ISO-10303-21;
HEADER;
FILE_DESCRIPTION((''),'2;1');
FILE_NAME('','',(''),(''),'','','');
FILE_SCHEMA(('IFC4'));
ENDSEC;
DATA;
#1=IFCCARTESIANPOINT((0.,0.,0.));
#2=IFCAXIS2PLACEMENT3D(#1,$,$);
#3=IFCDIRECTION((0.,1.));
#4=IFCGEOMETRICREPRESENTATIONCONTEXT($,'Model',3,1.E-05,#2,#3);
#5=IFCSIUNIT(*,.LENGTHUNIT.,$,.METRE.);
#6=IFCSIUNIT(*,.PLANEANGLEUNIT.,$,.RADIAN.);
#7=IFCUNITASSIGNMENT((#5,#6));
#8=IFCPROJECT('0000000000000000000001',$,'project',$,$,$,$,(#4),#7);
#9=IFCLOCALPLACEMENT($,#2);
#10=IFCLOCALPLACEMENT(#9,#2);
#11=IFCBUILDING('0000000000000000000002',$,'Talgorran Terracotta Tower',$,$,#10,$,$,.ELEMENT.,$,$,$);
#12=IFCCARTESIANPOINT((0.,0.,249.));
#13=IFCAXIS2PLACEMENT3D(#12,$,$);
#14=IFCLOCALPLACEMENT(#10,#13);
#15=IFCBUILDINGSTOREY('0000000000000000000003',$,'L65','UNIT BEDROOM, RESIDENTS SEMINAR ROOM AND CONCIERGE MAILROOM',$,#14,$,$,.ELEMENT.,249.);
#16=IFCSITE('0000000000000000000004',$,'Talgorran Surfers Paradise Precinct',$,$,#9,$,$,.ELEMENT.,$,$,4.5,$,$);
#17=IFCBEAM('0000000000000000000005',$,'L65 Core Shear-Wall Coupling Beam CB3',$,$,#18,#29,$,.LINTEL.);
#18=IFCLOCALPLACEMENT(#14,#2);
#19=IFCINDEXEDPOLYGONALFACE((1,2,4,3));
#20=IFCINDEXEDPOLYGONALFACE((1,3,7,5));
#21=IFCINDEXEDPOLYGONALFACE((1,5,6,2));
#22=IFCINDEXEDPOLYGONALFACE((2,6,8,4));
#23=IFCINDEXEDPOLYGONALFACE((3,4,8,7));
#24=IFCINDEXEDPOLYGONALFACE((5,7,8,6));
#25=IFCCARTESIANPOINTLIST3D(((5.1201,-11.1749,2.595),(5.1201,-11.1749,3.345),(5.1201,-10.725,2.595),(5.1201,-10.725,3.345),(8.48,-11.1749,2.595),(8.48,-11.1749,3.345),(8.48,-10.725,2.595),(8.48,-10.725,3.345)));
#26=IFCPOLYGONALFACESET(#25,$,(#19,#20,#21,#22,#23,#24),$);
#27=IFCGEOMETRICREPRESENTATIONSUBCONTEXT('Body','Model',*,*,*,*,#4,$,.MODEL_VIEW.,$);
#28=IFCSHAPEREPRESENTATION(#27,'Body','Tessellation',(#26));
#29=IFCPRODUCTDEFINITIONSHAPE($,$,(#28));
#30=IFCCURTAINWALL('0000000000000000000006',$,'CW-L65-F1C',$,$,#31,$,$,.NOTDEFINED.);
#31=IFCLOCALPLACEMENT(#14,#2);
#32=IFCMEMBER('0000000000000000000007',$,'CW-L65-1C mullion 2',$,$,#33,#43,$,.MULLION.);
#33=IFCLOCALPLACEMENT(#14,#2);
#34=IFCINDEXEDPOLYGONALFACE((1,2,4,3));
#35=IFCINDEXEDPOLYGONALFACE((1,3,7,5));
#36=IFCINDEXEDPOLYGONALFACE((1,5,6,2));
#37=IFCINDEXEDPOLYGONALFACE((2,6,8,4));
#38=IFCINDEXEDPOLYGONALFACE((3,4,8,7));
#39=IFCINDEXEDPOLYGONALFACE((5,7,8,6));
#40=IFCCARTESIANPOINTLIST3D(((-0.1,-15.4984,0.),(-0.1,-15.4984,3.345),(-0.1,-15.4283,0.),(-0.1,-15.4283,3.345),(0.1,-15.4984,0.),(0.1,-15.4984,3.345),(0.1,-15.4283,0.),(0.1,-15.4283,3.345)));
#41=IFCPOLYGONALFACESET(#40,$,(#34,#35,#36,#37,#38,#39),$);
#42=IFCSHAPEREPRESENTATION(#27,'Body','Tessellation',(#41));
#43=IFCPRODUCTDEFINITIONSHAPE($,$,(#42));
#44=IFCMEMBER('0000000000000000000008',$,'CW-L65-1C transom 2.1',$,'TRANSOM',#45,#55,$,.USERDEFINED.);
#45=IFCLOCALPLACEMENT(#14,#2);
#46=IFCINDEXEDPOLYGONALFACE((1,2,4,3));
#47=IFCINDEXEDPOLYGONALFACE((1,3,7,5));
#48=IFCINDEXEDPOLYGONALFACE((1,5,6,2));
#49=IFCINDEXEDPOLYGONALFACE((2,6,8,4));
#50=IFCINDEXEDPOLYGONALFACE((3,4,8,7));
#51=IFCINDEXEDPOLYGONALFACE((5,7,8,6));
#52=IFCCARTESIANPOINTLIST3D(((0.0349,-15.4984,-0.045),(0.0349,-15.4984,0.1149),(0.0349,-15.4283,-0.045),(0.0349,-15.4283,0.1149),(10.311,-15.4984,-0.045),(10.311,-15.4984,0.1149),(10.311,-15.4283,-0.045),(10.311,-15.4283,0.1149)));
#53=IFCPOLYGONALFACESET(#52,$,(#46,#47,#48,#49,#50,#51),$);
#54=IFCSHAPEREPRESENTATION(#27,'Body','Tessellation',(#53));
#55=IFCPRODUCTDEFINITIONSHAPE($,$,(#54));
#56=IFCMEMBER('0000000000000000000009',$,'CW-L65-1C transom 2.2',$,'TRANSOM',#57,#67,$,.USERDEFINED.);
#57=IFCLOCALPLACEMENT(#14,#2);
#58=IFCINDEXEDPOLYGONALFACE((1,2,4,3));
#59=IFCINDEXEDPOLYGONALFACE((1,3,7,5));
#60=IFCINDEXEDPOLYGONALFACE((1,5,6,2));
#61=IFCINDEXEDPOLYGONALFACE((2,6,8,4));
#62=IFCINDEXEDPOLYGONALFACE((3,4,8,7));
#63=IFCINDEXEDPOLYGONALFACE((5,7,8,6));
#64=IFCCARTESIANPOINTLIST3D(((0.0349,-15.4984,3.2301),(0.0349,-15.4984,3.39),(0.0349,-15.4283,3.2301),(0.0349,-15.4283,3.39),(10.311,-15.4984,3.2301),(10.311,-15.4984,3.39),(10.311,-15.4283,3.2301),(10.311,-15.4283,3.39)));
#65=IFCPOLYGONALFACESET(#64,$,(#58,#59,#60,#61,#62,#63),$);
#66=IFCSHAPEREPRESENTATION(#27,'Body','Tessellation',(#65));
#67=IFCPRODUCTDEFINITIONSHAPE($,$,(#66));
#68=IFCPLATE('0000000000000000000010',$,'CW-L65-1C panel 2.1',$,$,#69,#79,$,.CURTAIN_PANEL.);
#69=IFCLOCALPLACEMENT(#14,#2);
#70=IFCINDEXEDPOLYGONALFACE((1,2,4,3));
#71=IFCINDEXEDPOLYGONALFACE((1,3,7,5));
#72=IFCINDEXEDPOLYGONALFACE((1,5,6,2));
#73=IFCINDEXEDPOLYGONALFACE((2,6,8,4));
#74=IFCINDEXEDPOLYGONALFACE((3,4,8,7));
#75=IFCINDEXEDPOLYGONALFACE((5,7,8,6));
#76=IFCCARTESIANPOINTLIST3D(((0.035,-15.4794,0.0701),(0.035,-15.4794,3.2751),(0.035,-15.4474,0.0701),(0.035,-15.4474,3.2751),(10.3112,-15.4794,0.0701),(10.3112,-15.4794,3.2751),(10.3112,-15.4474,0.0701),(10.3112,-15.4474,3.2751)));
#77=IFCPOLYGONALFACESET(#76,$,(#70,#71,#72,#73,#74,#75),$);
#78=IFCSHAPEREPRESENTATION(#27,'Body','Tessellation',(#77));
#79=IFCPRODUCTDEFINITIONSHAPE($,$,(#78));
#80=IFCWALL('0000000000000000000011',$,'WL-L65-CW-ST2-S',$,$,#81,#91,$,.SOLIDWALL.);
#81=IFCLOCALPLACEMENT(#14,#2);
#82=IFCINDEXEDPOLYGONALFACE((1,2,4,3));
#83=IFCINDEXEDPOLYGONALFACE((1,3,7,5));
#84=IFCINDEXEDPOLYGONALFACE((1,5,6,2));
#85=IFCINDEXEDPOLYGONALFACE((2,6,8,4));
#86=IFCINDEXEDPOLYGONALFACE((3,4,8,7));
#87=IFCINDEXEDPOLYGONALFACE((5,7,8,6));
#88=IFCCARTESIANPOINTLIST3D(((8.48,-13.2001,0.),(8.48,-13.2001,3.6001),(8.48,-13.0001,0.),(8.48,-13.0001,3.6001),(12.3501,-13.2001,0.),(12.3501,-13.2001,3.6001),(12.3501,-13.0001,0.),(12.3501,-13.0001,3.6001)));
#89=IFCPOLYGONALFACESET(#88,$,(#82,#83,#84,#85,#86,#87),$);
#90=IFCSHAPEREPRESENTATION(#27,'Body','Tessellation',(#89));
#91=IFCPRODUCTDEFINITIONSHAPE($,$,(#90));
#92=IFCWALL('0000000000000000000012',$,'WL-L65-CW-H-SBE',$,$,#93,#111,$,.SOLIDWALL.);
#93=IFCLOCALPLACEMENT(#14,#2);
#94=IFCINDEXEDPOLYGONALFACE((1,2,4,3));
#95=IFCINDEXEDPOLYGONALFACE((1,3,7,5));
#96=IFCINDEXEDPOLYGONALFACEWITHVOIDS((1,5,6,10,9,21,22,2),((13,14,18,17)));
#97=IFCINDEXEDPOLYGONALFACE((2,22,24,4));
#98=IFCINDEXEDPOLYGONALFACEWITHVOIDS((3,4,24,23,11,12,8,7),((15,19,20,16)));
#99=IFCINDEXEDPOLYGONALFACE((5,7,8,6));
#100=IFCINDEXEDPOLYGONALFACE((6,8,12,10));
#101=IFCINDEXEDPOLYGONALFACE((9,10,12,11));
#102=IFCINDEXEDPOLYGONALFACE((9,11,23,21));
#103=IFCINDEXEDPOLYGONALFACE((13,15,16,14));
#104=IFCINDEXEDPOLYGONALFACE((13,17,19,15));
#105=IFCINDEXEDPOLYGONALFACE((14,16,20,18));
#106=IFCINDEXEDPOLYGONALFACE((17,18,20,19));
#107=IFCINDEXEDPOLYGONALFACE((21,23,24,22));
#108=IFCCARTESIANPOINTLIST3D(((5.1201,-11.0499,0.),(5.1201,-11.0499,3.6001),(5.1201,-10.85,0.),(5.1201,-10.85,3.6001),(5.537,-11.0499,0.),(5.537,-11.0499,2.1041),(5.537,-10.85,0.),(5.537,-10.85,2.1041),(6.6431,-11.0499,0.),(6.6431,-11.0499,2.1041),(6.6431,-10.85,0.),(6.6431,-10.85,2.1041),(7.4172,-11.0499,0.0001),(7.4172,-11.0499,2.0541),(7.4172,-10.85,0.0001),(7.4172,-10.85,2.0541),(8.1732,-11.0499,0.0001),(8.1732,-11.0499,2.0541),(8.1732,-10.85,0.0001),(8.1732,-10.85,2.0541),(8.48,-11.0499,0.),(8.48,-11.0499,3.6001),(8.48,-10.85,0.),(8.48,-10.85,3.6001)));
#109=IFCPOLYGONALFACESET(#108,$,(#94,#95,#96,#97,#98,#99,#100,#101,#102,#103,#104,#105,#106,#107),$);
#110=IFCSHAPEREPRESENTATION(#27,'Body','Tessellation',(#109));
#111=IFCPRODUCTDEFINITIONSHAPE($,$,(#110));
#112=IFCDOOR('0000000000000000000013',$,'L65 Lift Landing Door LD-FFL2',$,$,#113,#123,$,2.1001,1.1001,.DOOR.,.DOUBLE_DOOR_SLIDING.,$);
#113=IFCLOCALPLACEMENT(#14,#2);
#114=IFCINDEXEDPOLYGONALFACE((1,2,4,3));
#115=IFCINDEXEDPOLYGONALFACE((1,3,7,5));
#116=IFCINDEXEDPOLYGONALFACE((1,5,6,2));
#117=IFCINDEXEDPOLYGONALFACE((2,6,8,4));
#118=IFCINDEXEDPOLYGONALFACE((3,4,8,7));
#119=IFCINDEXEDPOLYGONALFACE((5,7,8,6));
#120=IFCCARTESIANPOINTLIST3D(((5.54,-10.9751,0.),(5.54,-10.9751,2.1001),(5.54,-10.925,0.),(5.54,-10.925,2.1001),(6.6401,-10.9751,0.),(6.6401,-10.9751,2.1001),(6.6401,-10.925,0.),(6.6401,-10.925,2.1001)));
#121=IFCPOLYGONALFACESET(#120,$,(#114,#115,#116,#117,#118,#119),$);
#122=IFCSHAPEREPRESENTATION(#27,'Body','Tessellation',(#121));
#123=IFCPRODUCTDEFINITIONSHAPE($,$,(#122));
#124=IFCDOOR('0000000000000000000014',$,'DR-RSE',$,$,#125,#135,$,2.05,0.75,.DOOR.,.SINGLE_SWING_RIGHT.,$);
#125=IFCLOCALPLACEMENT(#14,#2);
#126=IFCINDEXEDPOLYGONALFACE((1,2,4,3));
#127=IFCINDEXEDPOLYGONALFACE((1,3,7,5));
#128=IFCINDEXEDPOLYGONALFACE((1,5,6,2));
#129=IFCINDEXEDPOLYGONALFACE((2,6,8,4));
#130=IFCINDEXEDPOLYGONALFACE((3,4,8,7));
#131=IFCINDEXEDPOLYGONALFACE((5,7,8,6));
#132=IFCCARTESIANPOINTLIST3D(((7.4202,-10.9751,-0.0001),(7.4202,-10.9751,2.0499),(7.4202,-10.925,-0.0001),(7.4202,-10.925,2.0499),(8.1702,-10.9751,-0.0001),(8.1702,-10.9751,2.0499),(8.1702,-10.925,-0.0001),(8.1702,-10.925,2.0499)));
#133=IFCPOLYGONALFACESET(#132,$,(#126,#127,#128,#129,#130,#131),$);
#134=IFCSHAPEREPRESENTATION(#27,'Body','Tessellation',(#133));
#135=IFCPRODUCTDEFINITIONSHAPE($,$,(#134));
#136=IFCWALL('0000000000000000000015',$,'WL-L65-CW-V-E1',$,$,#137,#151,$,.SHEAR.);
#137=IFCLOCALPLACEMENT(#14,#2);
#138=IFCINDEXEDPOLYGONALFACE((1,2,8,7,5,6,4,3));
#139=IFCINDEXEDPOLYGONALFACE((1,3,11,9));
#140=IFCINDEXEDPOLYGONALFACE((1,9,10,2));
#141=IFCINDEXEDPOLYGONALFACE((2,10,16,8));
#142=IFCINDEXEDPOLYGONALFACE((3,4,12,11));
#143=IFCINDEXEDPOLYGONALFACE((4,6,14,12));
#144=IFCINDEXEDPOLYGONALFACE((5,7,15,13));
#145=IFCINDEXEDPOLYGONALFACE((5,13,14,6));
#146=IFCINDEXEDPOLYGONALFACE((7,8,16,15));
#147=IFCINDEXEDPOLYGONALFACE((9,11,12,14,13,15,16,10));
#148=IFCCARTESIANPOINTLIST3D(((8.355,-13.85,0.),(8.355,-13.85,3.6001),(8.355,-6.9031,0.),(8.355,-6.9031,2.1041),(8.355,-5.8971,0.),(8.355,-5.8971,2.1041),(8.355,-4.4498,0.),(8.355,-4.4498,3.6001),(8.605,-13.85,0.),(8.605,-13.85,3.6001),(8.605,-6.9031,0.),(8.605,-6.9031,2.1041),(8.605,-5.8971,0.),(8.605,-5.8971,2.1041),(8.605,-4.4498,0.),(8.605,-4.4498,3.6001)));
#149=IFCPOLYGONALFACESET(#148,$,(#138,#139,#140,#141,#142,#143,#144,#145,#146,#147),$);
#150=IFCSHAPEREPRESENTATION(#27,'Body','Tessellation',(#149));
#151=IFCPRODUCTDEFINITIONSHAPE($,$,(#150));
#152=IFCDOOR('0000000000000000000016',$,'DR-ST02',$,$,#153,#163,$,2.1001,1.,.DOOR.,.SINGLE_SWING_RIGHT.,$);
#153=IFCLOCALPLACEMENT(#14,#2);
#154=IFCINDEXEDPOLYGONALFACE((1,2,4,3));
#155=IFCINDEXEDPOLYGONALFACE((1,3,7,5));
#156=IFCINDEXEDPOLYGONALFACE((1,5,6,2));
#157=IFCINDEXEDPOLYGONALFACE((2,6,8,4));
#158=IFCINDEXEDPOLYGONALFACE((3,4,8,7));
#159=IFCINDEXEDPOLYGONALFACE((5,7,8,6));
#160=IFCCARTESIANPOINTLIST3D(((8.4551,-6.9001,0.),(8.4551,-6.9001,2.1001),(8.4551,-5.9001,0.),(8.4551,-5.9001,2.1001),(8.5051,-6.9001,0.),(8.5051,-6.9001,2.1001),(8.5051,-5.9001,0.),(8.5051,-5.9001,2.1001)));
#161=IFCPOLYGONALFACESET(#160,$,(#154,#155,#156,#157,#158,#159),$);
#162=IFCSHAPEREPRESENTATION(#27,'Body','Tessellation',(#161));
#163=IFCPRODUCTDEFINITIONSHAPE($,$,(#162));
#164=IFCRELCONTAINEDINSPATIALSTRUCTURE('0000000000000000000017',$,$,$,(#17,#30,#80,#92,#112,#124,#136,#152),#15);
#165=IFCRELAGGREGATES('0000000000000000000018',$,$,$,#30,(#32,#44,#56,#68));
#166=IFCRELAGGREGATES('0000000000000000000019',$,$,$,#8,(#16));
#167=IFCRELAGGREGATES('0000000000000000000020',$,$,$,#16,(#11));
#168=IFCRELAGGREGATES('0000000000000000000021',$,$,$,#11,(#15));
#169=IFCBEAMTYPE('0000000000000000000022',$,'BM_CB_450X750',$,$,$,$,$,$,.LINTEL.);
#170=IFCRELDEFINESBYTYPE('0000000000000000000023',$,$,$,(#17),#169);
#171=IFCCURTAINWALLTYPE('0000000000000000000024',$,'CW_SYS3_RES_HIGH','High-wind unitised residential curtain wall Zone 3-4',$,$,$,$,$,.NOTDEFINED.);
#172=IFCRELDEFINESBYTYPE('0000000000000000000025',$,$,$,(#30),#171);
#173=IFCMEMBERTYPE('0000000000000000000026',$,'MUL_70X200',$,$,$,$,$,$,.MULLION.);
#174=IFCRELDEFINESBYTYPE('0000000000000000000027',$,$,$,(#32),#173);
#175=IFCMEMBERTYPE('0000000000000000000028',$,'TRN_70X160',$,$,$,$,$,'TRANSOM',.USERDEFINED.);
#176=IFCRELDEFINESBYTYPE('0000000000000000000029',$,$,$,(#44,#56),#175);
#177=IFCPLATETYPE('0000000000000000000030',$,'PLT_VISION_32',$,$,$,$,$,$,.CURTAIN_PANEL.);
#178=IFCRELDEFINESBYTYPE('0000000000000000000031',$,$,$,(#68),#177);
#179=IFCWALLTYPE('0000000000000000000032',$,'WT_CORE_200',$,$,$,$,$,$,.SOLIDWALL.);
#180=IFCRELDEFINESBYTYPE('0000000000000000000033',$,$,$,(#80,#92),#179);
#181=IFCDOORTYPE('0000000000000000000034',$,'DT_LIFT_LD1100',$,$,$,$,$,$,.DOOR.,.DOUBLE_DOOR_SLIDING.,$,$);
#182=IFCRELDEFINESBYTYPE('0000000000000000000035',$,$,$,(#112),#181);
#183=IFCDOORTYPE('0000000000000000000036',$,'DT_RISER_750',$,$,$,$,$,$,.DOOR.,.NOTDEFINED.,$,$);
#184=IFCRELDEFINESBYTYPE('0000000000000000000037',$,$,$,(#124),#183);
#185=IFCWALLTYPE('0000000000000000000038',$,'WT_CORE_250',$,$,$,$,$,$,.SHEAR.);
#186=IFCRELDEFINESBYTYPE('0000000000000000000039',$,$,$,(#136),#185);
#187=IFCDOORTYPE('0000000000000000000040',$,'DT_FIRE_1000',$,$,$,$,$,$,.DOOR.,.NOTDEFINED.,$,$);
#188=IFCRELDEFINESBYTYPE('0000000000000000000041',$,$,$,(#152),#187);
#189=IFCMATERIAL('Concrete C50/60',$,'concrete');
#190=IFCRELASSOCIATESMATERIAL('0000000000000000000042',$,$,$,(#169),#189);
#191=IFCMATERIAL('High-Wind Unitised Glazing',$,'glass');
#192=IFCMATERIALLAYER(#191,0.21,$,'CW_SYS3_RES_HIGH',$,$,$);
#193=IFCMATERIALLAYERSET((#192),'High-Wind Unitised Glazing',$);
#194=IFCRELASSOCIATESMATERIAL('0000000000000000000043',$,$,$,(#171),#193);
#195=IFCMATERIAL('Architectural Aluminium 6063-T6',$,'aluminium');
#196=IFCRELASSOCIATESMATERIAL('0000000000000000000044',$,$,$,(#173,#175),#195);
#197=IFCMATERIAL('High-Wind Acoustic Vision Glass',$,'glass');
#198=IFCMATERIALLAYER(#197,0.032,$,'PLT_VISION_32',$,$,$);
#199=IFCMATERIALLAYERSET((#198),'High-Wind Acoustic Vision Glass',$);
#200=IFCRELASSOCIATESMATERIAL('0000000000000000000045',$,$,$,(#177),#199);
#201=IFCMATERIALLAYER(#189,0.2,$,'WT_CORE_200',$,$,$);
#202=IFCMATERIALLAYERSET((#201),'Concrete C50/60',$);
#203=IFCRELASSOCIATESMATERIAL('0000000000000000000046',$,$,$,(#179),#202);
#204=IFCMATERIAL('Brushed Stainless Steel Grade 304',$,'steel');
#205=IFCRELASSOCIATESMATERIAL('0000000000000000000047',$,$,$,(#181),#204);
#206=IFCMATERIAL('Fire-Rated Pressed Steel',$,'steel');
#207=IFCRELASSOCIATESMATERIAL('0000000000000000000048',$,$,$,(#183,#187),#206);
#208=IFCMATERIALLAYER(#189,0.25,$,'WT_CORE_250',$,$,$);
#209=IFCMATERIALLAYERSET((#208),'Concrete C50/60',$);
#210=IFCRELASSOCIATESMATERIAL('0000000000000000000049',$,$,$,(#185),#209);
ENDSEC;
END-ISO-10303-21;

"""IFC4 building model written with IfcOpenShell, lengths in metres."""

from ifc_helpers import new_model, si_unit, direction, frame, frame_2d, origin, origin_2d, place, context, subcontext, project, spatial, rectangle, extrude, source, transform, mapped, material, layer, layer_set, material_profile, profile_set, type_object, type_shapes, element, fill, aggregate, save


model = new_model("IFC4")

# Units and contexts
model_context = context("Model", 3, precision=1e-05, world=origin(), true_north=direction((0.0, 1.0)))
body_context = subcontext(model_context, "Body", "Model", "MODEL_VIEW")
ifc_project = project(units=[si_unit("LENGTHUNIT", "METRE"), si_unit("PLANEANGLEUNIT", "RADIAN")], contexts=[model_context])

# Site, building, storey
site_placement = place(None, origin())
site = spatial("IfcSite", under=ifc_project, at=site_placement, Name="Talgorran Surfers Paradise Precinct", CompositionType="ELEMENT", RefElevation=4.5)
building_placement = place(site_placement, origin())
building = spatial("IfcBuilding", under=site, at=building_placement, Name="Talgorran Terracotta Tower", CompositionType="ELEMENT")
storey_placement = place(building_placement, frame((0.0, 0.0, 249.0)))
storey = spatial("IfcBuildingStorey", under=building, at=storey_placement, Name="L65", Description="UNIT BEDROOM, RESIDENTS SEMINAR ROOM AND CONCIERGE MAILROOM", CompositionType="ELEMENT", Elevation=249.0)

# Beam
ifc_material_1 = material(Name="Concrete C50/60", Category="concrete")
ifc_material_profile_1 = material_profile(ifc_material_1, rectangle(XDim=0.45, YDim=0.75, at=origin_2d()), Name="RCCB450X750")
ifc_profile_set_1 = profile_set([ifc_material_profile_1], Name="Concrete C50/60")
beam_type = type_object("IfcBeamType", Name="BM_CB_450X750", PredefinedType="LINTEL", material=ifc_profile_set_1)
beam_placement = place(storey_placement, frame((5.1201, -10.95, 2.97), z_axis=(1.0, 0.0, 0.0), x_axis=(0.0, 1.0, 0.0)))
element("IfcBeam", 1, at=beam_placement, inside=storey, type_object=beam_type, Name="L65 Core Shear-Wall Coupling Beam CB3", PredefinedType="LINTEL", context=body_context, shape_type="SweptSolid", body=[
    extrude(rectangle(XDim=0.45, YDim=0.75, at=origin_2d()), origin(), (0.0, 0.0, 1.0), 3.3599),
])

# Curtain wall, members, plate
ifc_material_2 = material(Name="High-Wind Unitised Glazing", Category="glass")
ifc_layer_1 = layer(ifc_material_2, 0.21, Name="CW_SYS3_RES_HIGH")
ifc_layer_set_1 = layer_set([ifc_layer_1], Name="High-Wind Unitised Glazing")
curtain_wall_type = type_object("IfcCurtainWallType", Name="CW_SYS3_RES_HIGH", Description="High-wind unitised residential curtain wall Zone 3-4", PredefinedType="NOTDEFINED", material=ifc_layer_set_1)
curtain_wall_placement = place(storey_placement, origin())
curtain_wall = element("IfcCurtainWall", 2, at=curtain_wall_placement, inside=storey, type_object=curtain_wall_type, Name="CW-L65-F1C", PredefinedType="NOTDEFINED")
ifc_material_3 = material(Name="Architectural Aluminium 6063-T6", Category="aluminium")
ifc_material_profile_2 = material_profile(ifc_material_3, rectangle(XDim=0.0701, YDim=0.2, at=origin_2d()), Name="CWM70X200")
ifc_profile_set_2 = profile_set([ifc_material_profile_2], Name="Architectural Aluminium 6063-T6")
member_type_1 = type_object("IfcMemberType", Name="MUL_70X200", PredefinedType="MULLION", material=ifc_profile_set_2)
member_1_placement = place(storey_placement, frame((0.0, -15.4634, 0.0), z_axis=(0.0, 0.0, 1.0), x_axis=(0.0, 1.0, 0.0)))
member_1 = element("IfcMember", 3, at=member_1_placement, type_object=member_type_1, Name="CW-L65-1C mullion 2", PredefinedType="MULLION", context=body_context, shape_type="SweptSolid", body=[
    extrude(rectangle(XDim=0.0701, YDim=0.2, at=origin_2d()), origin(), (0.0, 0.0, 1.0), 3.345),
])
ifc_material_profile_3 = material_profile(ifc_material_3, rectangle(XDim=0.0701, YDim=0.1599, at=origin_2d()), Name="CWT70X160")
ifc_profile_set_3 = profile_set([ifc_material_profile_3], Name="Architectural Aluminium 6063-T6")
member_type_2 = type_object("IfcMemberType", Name="TRN_70X160", ElementType="TRANSOM", PredefinedType="USERDEFINED", material=ifc_profile_set_3)
member_2_placement = place(storey_placement, frame((0.0349, -15.4634, 0.0349), z_axis=(1.0, 0.0, 0.0), x_axis=(0.0, 1.0, 0.0)))
member_2 = element("IfcMember", 4, at=member_2_placement, type_object=member_type_2, Name="CW-L65-1C transom 2.1", ObjectType="TRANSOM", PredefinedType="USERDEFINED", context=body_context, shape_type="SweptSolid", body=[
    extrude(rectangle(XDim=0.0701, YDim=0.1599, at=origin_2d()), origin(), (0.0, 0.0, 1.0), 10.2761),
])
member_3_placement = place(storey_placement, frame((0.0349, -15.4634, 3.3101), z_axis=(1.0, 0.0, 0.0), x_axis=(0.0, 1.0, 0.0)))
member_3 = element("IfcMember", 5, at=member_3_placement, type_object=member_type_2, Name="CW-L65-1C transom 2.2", ObjectType="TRANSOM", PredefinedType="USERDEFINED", context=body_context, shape_type="SweptSolid", body=[
    extrude(rectangle(XDim=0.0701, YDim=0.1599, at=origin_2d()), origin(), (0.0, 0.0, 1.0), 10.2761),
])
ifc_material_4 = material(Name="High-Wind Acoustic Vision Glass", Category="glass")
ifc_layer_2 = layer(ifc_material_4, 0.032, Name="PLT_VISION_32")
ifc_layer_set_2 = layer_set([ifc_layer_2], Name="High-Wind Acoustic Vision Glass")
plate_type = type_object("IfcPlateType", Name="PLT_VISION_32", PredefinedType="CURTAIN_PANEL", material=ifc_layer_set_2)
shared_shape = source(origin(), body_context, "Body", "SweptSolid", [
    extrude(rectangle(XDim=10.2761, YDim=0.032, at=origin_2d()), origin(), (0.0, 0.0, 1.0), 3.2051),
])
type_shapes(plate_type, [shared_shape])
plate_placement = place(storey_placement, frame((5.1731, -15.4634, 0.0701), z_axis=(0.0, 0.0, 1.0), x_axis=(1.0, 0.0, 0.0)))
plate = element("IfcPlate", 6, at=plate_placement, type_object=plate_type, Name="CW-L65-1C panel 2.1", PredefinedType="CURTAIN_PANEL", context=body_context, shape_type="MappedRepresentation", body=[
    mapped(shared_shape, transform((0.0, 0.0, 0.0), scale=1.0)),
])
aggregate(curtain_wall, [member_1, member_2, member_3, plate])

# Wall
ifc_layer_3 = layer(ifc_material_1, 0.2, Name="WT_CORE_200")
ifc_layer_set_3 = layer_set([ifc_layer_3], Name="Concrete C50/60")
wall_type_1 = type_object("IfcWallType", Name="WT_CORE_200", PredefinedType="SOLIDWALL", material=ifc_layer_set_3)
wall_1_placement = place(storey_placement, frame((8.48, -13.1001, 0.0), z_axis=(0.0, 0.0, 1.0), x_axis=(1.0, 0.0, 0.0)))
element("IfcWall", 7, at=wall_1_placement, inside=storey, type_object=wall_type_1, Name="WL-L65-CW-ST2-S", PredefinedType="SOLIDWALL", context=body_context, shape_type="SweptSolid", body=[
    extrude(rectangle(XDim=3.8701, YDim=0.2, at=frame_2d((1.9351, 0.0))), origin(), (0.0, 0.0, 1.0), 3.6001),
])

# Wall, openings, doors
wall_2_placement = place(storey_placement, frame((5.1201, -10.95, 0.0), z_axis=(0.0, 0.0, 1.0), x_axis=(1.0, 0.0, 0.0)))
wall_2 = element("IfcWall", 8, at=wall_2_placement, inside=storey, type_object=wall_type_1, Name="WL-L65-CW-H-SBE", PredefinedType="SOLIDWALL", context=body_context, shape_type="SweptSolid", body=[
    extrude(rectangle(XDim=3.3599, YDim=0.2, at=frame_2d((1.6799, 0.0))), origin(), (0.0, 0.0, 1.0), 3.6001),
])
opening_1_placement = place(wall_2_placement, frame((0.4199, 0.0, 0.0)))
opening_1 = element("IfcOpeningElement", 9, at=opening_1_placement, cuts=wall_2, PredefinedType="OPENING", context=body_context, shape_type="SweptSolid", body=[
    extrude(rectangle(XDim=1.1061, YDim=2.1041, at=frame_2d((0.55, 1.052))), frame((0.0, 0.1099, 0.0), z_axis=(0.0, -1.0, 0.0), x_axis=(1.0, 0.0, 0.0)), (0.0, 0.0, 1.0), 0.22),
])
opening_2_placement = place(wall_2_placement, frame((2.3, 0.0, 0.0)))
opening_2 = element("IfcOpeningElement", 10, at=opening_2_placement, cuts=wall_2, PredefinedType="OPENING", context=body_context, shape_type="SweptSolid", body=[
    extrude(rectangle(XDim=0.756, YDim=2.054, at=frame_2d((0.375, 1.0271))), frame((0.0, 0.1099, 0.0), z_axis=(0.0, -1.0, 0.0), x_axis=(1.0, 0.0, 0.0)), (0.0, 0.0, 1.0), 0.22),
])
ifc_material_5 = material(Name="Brushed Stainless Steel Grade 304", Category="steel")
door_type_1 = type_object("IfcDoorType", Name="DT_LIFT_LD1100", OperationType="DOUBLE_DOOR_SLIDING", PredefinedType="DOOR", material=ifc_material_5)
door_1_placement = place(opening_1_placement, origin())
door_1 = element("IfcDoor", 11, at=door_1_placement, inside=storey, type_object=door_type_1, Name="L65 Lift Landing Door LD-FFL2", OperationType="DOUBLE_DOOR_SLIDING", OverallHeight=2.1001, OverallWidth=1.1001, PredefinedType="DOOR", context=body_context, shape_type="SweptSolid", body=[
    extrude(rectangle(XDim=1.1001, YDim=2.1001, at=frame_2d((0.55, 1.05))), frame((0.0, 0.0249, 0.0), z_axis=(0.0, -1.0, 0.0), x_axis=(1.0, 0.0, 0.0)), (0.0, 0.0, 1.0), 0.05),
])
fill(opening_1, door_1)
ifc_material_6 = material(Name="Fire-Rated Pressed Steel", Category="steel")
door_type_2 = type_object("IfcDoorType", Name="DT_RISER_750", OperationType="NOTDEFINED", PredefinedType="DOOR", material=ifc_material_6)
door_2_placement = place(opening_2_placement, origin())
door_2 = element("IfcDoor", 12, at=door_2_placement, inside=storey, type_object=door_type_2, Name="DR-RSE", OperationType="SINGLE_SWING_RIGHT", OverallHeight=2.05, OverallWidth=0.75, PredefinedType="DOOR", context=body_context, shape_type="SweptSolid", body=[
    extrude(rectangle(XDim=0.75, YDim=2.05, at=frame_2d((0.375, 1.0249))), frame((0.0, 0.0249, 0.0), z_axis=(0.0, -1.0, 0.0), x_axis=(1.0, 0.0, 0.0)), (0.0, 0.0, 1.0), 0.05),
])
fill(opening_2, door_2)

# Wall, opening, door
ifc_layer_4 = layer(ifc_material_1, 0.25, Name="WT_CORE_250")
ifc_layer_set_4 = layer_set([ifc_layer_4], Name="Concrete C50/60")
wall_type_2 = type_object("IfcWallType", Name="WT_CORE_250", PredefinedType="SHEAR", material=ifc_layer_set_4)
wall_3_placement = place(storey_placement, frame((8.48, -13.8501, 0.0), z_axis=(0.0, 0.0, 1.0), x_axis=(0.0, 1.0, 0.0)))
wall_3 = element("IfcWall", 13, at=wall_3_placement, inside=storey, type_object=wall_type_2, Name="WL-L65-CW-V-E1", PredefinedType="SHEAR", context=body_context, shape_type="SweptSolid", body=[
    extrude(rectangle(XDim=9.4001, YDim=0.25, at=frame_2d((4.7002, 0.0))), origin(), (0.0, 0.0, 1.0), 3.6001),
])
opening_3_placement = place(wall_3_placement, frame((6.95, 0.0, 0.0)))
opening_3 = element("IfcOpeningElement", 14, at=opening_3_placement, cuts=wall_3, PredefinedType="OPENING", context=body_context, shape_type="SweptSolid", body=[
    extrude(rectangle(XDim=1.006, YDim=2.1041, at=frame_2d((0.5, 1.052))), frame((0.0, 0.135, 0.0), z_axis=(0.0, -1.0, 0.0), x_axis=(1.0, 0.0, 0.0)), (0.0, 0.0, 1.0), 0.27),
])
door_type_3 = type_object("IfcDoorType", Name="DT_FIRE_1000", OperationType="NOTDEFINED", PredefinedType="DOOR", material=ifc_material_6)
door_3_placement = place(opening_3_placement, origin())
door_3 = element("IfcDoor", 15, at=door_3_placement, inside=storey, type_object=door_type_3, Name="DR-ST02", OperationType="SINGLE_SWING_RIGHT", OverallHeight=2.1001, OverallWidth=1.0, PredefinedType="DOOR", context=body_context, shape_type="SweptSolid", body=[
    extrude(rectangle(XDim=1.0, YDim=2.1001, at=frame_2d((0.5, 1.05))), frame((0.0, 0.0249, 0.0), z_axis=(0.0, -1.0, 0.0), x_axis=(1.0, 0.0, 0.0)), (0.0, 0.0, 1.0), 0.05),
])
fill(opening_3, door_3)

save(model, "model.ifc")
